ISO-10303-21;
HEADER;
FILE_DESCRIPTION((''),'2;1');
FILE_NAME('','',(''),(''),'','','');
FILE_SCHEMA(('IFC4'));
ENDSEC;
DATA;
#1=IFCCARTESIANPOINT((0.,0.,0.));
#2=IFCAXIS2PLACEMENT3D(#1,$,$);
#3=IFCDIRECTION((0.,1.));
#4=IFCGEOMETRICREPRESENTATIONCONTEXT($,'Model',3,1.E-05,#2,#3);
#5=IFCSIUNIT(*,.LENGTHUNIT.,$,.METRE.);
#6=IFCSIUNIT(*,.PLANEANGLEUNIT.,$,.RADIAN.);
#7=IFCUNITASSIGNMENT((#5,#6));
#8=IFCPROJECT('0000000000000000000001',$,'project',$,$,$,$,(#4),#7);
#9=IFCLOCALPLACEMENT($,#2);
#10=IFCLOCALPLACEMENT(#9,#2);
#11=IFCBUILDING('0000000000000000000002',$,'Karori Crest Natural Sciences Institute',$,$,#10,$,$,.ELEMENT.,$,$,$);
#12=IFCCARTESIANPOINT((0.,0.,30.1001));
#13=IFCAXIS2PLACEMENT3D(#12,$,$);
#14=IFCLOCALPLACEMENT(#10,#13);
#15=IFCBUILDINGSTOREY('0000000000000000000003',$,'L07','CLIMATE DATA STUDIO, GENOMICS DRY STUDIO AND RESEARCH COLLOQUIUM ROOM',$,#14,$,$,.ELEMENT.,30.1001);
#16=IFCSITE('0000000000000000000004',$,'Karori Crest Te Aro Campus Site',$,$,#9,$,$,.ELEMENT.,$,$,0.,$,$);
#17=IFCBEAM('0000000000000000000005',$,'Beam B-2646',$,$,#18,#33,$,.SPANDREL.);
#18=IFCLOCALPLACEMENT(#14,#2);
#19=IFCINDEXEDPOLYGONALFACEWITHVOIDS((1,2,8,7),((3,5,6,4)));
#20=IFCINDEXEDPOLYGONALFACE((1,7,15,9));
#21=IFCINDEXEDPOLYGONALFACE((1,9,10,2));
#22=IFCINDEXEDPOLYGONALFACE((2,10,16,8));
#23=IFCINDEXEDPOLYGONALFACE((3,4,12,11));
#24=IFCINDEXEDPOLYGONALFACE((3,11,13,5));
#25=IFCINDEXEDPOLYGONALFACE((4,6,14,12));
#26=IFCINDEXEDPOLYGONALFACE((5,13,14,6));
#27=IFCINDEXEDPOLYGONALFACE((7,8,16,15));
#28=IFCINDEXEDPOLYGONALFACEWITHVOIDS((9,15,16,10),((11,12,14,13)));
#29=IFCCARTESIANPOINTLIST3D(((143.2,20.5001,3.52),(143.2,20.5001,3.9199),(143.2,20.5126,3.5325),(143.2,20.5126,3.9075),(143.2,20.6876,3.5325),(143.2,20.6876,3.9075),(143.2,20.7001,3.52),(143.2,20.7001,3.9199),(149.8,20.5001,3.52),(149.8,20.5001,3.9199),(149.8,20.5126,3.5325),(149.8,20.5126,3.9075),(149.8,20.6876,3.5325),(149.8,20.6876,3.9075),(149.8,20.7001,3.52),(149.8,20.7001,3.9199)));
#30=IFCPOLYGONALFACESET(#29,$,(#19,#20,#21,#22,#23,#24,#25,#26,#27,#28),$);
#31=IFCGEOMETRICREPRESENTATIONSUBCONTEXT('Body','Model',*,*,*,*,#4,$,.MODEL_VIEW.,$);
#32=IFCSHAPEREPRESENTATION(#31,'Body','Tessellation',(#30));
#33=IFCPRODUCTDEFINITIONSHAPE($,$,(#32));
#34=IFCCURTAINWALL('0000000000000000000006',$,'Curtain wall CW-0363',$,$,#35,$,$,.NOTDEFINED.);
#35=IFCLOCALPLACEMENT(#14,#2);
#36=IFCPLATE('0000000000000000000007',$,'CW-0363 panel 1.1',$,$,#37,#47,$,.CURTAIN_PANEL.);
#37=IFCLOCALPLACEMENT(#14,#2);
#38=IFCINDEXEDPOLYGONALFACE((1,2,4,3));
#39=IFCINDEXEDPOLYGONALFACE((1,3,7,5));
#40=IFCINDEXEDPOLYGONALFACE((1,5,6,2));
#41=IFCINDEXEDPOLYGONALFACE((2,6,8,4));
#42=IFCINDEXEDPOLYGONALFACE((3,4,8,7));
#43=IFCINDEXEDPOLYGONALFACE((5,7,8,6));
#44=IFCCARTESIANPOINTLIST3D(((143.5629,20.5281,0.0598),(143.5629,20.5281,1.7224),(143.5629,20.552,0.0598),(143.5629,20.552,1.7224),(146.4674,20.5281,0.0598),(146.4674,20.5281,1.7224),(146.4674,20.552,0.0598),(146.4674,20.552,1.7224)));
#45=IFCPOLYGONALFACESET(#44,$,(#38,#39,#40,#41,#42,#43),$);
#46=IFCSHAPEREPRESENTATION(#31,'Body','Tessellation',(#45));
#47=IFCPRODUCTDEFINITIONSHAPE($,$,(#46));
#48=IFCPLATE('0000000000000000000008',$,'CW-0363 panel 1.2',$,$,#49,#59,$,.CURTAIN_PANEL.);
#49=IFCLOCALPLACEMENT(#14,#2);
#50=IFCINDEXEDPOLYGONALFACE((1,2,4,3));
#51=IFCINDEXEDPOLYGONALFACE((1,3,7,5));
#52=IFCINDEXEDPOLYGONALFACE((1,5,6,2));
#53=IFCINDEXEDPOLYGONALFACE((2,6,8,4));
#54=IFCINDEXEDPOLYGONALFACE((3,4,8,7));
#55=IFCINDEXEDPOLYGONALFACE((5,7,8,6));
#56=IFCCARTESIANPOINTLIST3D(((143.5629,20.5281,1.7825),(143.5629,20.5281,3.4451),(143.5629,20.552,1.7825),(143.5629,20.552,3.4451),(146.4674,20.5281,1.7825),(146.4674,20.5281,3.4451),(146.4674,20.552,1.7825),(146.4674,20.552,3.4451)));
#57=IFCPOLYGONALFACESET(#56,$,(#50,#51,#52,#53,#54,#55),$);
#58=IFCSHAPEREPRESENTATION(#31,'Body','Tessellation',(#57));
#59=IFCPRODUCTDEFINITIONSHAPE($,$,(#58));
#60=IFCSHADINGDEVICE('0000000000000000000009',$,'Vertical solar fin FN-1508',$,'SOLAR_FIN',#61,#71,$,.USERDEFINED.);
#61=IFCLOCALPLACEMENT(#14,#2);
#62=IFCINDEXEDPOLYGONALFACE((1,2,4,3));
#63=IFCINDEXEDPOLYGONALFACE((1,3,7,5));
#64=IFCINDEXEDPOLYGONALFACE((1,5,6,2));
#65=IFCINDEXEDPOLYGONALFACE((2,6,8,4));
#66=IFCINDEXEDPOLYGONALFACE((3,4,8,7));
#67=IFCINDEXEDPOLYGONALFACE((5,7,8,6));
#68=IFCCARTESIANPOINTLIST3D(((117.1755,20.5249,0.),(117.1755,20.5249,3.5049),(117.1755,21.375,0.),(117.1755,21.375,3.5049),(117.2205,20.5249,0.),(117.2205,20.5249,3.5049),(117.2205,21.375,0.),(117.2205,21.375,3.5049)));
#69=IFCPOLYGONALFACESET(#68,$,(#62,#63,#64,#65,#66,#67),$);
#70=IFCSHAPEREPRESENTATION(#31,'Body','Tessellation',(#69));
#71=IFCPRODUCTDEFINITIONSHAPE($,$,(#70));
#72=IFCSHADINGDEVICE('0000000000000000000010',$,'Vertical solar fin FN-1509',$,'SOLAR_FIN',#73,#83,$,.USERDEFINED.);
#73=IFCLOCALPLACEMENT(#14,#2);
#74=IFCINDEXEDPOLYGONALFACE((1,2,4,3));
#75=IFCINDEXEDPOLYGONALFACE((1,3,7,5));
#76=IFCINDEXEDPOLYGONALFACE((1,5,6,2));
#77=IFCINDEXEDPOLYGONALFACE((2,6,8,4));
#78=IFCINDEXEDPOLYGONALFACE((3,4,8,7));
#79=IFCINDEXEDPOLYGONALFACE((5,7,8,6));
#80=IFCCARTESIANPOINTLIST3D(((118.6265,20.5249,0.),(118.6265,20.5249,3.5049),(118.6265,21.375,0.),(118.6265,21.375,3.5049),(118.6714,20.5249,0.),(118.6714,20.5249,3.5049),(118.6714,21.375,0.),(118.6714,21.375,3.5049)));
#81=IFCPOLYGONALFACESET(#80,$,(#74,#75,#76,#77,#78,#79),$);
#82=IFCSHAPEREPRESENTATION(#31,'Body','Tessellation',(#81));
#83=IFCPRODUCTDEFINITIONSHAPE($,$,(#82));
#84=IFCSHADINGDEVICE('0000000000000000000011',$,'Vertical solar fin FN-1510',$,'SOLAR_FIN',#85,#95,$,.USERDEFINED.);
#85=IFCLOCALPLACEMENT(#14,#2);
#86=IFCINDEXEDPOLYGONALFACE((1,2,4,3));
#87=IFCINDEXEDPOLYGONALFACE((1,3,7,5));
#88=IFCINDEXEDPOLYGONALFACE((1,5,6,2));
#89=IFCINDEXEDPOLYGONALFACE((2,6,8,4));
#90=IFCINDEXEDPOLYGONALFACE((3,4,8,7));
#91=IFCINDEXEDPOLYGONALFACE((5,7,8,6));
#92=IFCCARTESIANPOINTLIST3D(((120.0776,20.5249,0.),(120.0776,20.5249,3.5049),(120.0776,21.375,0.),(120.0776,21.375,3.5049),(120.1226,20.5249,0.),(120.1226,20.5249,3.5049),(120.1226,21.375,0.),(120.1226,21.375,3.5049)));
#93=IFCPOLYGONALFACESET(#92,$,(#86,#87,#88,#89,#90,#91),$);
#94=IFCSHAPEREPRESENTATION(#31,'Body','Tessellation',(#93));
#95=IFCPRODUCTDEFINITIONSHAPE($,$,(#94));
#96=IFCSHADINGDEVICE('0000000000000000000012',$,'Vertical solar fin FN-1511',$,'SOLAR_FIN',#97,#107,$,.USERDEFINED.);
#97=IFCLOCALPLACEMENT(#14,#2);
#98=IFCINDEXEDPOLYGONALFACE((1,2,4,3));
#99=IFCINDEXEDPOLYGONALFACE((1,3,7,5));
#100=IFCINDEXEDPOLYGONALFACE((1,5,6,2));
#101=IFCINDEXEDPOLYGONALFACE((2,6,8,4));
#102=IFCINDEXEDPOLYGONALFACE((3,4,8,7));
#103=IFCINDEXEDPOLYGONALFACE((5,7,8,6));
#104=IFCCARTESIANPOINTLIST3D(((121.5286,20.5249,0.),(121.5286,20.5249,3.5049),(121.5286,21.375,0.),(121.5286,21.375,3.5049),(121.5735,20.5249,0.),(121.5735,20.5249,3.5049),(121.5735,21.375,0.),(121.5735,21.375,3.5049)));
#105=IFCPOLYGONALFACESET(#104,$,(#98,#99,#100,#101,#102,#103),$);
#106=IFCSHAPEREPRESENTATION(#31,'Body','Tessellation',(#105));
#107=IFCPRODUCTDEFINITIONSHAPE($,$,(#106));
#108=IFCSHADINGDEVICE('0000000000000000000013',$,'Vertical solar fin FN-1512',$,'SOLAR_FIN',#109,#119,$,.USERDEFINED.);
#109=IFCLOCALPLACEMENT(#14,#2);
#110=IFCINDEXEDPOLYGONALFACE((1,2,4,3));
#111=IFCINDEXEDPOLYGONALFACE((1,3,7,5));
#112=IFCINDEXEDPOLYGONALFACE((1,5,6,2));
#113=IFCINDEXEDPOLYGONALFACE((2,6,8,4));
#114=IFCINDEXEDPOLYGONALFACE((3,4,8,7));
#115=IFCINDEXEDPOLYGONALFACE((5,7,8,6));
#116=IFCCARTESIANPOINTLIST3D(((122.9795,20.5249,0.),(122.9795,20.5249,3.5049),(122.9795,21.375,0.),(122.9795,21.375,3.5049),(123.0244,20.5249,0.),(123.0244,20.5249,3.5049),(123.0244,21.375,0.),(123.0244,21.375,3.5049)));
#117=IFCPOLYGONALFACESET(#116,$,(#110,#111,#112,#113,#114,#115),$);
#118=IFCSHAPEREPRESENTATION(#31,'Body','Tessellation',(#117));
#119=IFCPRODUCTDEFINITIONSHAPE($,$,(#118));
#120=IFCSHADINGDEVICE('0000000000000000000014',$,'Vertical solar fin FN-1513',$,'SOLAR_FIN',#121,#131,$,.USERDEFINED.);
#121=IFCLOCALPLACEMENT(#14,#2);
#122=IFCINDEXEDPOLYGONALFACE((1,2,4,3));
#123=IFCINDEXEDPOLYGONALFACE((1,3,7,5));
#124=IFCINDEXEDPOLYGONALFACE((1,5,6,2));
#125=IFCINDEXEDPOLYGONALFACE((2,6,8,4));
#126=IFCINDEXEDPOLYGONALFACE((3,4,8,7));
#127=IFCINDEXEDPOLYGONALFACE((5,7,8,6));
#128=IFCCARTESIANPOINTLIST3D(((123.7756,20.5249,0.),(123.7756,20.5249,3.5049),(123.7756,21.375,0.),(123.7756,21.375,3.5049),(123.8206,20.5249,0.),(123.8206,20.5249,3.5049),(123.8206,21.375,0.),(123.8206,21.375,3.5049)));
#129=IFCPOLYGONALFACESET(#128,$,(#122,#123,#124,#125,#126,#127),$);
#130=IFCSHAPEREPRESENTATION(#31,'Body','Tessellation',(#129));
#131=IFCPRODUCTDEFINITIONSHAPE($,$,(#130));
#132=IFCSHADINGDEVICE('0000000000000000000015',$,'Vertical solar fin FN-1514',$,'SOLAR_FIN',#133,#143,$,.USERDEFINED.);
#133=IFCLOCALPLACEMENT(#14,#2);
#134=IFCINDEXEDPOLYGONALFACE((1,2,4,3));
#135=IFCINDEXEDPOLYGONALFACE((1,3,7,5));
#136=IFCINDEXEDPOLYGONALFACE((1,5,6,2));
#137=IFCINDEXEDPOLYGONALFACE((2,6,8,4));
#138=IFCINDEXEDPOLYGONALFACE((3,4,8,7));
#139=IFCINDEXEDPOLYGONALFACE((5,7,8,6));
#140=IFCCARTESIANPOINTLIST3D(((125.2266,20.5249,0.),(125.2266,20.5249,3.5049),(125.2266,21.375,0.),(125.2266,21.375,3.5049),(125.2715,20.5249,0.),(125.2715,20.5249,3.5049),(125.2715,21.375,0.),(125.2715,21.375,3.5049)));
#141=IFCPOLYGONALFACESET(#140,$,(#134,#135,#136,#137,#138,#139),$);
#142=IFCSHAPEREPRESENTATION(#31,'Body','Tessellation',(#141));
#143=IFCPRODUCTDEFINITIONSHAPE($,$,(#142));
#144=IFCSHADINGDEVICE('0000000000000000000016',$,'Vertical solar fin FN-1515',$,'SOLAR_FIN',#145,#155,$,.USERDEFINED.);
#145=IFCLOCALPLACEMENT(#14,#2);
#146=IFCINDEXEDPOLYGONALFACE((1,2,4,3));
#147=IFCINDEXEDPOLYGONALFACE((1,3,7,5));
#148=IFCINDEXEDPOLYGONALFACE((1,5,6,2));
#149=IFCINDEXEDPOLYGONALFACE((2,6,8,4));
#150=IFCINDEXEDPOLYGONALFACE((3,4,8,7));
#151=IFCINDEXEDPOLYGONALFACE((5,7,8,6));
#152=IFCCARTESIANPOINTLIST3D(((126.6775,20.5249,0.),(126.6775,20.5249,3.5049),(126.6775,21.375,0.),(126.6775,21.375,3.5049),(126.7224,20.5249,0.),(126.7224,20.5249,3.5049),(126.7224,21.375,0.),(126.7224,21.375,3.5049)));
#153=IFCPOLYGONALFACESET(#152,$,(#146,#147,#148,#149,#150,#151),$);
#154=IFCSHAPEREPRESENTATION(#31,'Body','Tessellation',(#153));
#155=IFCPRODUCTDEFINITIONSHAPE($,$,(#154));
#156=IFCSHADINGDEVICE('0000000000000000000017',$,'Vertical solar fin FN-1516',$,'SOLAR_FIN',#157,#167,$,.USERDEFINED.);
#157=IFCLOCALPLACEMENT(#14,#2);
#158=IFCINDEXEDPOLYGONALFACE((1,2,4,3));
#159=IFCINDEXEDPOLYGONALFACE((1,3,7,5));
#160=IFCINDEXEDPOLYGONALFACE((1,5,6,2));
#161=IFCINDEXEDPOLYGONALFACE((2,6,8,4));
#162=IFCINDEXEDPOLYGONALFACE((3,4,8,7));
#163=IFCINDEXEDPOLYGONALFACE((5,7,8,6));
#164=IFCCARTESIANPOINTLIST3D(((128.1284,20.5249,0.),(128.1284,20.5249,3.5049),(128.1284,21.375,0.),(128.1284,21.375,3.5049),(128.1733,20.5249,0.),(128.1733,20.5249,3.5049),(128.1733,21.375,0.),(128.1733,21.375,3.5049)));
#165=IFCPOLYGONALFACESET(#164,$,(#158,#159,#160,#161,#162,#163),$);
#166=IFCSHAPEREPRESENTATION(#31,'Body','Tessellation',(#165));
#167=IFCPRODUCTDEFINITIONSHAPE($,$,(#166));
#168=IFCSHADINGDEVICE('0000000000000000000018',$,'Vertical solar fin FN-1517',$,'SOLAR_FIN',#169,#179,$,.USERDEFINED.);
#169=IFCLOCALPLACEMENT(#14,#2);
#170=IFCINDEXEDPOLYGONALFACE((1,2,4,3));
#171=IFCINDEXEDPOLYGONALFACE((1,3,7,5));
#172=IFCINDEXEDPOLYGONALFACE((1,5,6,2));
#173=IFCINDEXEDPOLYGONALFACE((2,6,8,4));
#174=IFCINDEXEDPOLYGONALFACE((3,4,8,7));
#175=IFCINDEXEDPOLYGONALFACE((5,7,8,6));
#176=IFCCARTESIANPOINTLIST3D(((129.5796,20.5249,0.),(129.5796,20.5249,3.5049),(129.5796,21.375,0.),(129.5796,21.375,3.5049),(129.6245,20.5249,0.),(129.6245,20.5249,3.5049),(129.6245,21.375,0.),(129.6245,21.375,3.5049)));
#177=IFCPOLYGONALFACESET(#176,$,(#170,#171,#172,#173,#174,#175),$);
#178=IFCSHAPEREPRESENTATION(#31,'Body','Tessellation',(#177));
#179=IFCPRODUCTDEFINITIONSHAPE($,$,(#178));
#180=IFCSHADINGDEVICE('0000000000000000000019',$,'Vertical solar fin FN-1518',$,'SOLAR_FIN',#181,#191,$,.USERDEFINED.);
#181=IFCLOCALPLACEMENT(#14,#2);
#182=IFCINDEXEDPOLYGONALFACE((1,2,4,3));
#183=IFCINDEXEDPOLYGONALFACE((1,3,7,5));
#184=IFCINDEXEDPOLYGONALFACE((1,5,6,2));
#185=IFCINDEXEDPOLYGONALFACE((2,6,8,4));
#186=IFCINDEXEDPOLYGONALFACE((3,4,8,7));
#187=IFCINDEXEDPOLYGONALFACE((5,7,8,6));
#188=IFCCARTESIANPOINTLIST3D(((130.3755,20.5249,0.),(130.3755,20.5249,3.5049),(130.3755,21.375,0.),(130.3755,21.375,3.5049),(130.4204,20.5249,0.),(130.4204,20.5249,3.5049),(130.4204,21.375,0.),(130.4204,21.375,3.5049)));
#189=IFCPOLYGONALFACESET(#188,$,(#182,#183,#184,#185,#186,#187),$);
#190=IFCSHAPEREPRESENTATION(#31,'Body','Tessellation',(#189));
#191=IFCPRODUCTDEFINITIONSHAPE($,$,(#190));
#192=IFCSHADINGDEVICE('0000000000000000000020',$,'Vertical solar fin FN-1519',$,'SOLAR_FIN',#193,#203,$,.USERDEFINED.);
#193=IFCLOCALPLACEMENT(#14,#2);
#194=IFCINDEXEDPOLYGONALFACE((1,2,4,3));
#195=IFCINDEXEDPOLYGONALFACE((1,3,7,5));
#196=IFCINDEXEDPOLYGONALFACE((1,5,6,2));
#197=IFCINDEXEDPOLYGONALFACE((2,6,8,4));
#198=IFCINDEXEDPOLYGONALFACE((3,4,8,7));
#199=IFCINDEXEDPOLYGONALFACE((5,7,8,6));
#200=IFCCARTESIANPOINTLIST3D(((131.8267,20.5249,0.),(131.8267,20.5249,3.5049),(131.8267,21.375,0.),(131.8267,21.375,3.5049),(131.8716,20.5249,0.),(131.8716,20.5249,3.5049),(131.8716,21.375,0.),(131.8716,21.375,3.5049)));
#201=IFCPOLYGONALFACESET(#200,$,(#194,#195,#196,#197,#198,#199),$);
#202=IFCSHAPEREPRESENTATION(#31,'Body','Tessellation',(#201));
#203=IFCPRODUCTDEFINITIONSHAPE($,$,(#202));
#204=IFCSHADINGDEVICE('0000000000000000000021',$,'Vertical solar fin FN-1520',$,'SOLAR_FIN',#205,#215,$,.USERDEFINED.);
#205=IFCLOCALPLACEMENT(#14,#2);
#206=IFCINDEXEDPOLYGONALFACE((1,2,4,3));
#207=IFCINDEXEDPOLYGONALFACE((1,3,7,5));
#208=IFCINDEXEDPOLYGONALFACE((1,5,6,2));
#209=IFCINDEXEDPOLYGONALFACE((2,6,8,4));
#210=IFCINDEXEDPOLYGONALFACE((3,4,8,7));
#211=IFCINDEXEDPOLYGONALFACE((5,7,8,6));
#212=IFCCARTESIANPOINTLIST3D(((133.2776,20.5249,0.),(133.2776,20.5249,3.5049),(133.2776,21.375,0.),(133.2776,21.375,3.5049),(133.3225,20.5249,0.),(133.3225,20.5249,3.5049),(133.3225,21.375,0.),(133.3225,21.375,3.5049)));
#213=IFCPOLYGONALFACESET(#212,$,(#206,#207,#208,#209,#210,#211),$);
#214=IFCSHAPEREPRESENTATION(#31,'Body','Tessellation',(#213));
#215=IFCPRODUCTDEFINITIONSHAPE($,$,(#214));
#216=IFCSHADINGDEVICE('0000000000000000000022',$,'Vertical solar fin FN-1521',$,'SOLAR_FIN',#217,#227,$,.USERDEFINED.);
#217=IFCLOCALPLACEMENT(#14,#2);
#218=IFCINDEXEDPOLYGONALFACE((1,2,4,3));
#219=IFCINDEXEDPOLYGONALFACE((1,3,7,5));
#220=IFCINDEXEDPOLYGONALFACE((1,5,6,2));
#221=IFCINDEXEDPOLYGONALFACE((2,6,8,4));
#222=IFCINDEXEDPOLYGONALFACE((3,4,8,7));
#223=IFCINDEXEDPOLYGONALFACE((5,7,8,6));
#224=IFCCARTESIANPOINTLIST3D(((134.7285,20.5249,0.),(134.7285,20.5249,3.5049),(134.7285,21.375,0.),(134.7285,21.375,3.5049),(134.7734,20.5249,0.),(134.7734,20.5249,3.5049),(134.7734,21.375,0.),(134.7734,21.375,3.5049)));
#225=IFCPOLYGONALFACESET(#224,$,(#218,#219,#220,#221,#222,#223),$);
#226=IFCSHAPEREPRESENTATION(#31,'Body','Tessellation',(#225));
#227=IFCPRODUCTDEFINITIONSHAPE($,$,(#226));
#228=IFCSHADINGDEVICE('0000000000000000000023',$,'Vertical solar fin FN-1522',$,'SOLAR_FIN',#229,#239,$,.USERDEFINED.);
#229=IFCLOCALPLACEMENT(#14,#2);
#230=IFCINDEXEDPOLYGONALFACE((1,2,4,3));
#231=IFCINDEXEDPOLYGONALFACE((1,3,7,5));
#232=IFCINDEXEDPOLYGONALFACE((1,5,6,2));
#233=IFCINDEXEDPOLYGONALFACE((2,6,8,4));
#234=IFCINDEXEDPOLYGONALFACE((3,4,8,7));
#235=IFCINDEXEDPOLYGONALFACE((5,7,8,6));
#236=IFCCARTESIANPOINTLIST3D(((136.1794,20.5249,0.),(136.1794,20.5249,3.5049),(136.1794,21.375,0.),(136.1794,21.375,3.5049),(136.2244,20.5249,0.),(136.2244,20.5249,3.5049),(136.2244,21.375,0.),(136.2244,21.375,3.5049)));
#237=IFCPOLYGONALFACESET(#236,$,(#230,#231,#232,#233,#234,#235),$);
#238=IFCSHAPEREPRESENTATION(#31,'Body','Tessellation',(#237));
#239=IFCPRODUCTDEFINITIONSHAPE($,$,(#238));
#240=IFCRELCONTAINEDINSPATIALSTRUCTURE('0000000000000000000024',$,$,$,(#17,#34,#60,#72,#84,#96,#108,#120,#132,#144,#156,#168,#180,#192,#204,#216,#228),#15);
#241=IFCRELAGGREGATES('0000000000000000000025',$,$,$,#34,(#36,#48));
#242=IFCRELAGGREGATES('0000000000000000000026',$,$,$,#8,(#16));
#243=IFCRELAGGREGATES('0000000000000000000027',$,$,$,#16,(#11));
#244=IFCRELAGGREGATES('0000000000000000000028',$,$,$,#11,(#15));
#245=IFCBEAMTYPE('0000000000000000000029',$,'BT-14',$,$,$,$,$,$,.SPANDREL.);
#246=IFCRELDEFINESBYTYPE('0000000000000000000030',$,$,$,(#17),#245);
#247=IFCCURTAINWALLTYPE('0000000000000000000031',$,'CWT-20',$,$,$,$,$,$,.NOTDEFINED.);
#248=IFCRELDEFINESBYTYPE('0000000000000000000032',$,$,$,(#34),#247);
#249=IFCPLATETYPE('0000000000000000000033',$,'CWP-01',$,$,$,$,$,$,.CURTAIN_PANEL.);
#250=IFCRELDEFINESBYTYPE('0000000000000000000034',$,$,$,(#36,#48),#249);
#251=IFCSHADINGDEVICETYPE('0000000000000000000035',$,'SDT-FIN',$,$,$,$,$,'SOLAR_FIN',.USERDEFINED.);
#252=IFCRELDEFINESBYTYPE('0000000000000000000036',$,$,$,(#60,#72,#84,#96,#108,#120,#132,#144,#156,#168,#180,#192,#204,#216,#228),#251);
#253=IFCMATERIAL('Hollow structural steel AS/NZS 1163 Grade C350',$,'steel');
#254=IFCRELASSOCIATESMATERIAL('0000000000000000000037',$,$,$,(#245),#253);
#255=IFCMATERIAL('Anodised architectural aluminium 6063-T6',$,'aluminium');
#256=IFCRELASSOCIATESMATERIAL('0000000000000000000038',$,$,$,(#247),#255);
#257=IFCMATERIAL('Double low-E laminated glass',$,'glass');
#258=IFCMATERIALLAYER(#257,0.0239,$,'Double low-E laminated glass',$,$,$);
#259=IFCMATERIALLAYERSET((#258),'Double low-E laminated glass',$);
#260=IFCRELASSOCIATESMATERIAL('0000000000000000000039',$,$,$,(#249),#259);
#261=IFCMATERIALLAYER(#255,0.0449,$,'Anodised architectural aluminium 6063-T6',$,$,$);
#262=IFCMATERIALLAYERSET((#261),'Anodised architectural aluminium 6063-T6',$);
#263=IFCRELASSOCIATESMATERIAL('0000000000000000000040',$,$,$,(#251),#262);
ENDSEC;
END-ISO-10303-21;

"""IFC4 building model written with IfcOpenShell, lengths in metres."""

from ifc_helpers import new_model, si_unit, direction, frame, origin, origin_2d, place, context, subcontext, project, spatial, rectangle, hollow_rectangle, extrude, material, layer, layer_set, material_profile, profile_set, type_object, element, aggregate, save


model = new_model("IFC4")

# Units and contexts
model_context = context("Model", 3, precision=1e-05, world=origin(), true_north=direction((0.0, 1.0)))
body_context = subcontext(model_context, "Body", "Model", "MODEL_VIEW")
ifc_project = project(units=[si_unit("LENGTHUNIT", "METRE"), si_unit("PLANEANGLEUNIT", "RADIAN")], contexts=[model_context])

# Site, building, storey
site_placement = place(None, origin())
site = spatial("IfcSite", under=ifc_project, at=site_placement, Name="Karori Crest Te Aro Campus Site", CompositionType="ELEMENT", RefElevation=0.0)
building_placement = place(site_placement, origin())
building = spatial("IfcBuilding", under=site, at=building_placement, Name="Karori Crest Natural Sciences Institute", CompositionType="ELEMENT")
storey_placement = place(building_placement, frame((0.0, 0.0, 30.1001)))
storey = spatial("IfcBuildingStorey", under=building, at=storey_placement, Name="L07", Description="CLIMATE DATA STUDIO, GENOMICS DRY STUDIO AND RESEARCH COLLOQUIUM ROOM", CompositionType="ELEMENT", Elevation=30.1001)

# Beam
ifc_material_1 = material(Name="Hollow structural steel AS/NZS 1163 Grade C350", Category="steel")
ifc_material_profile_1 = material_profile(ifc_material_1, hollow_rectangle(XDim=0.2, YDim=0.3999, WallThickness=0.0125, at=origin_2d()), Name="RHS400x200x12.5")
ifc_profile_set_1 = profile_set([ifc_material_profile_1], Name="Hollow structural steel AS/NZS 1163 Grade C350")
beam_type = type_object("IfcBeamType", Name="BT-14", PredefinedType="SPANDREL", material=ifc_profile_set_1)
beam_1_placement = place(storey_placement, frame((143.2, 20.6001, 3.72), z_axis=(1.0, 0.0, 0.0), x_axis=(0.0, 1.0, 0.0)))
element("IfcBeam", 1, at=beam_1_placement, inside=storey, type_object=beam_type, Name="Beam B-2646", PredefinedType="SPANDREL", context=body_context, shape_type="SweptSolid", body=[
    extrude(hollow_rectangle(XDim=0.2, YDim=0.3999, WallThickness=0.0125, at=origin_2d()), origin(), (0.0, 0.0, 1.0), 6.6001),
])

# Curtain wall, plates
ifc_material_2 = material(Name="Anodised architectural aluminium 6063-T6", Category="aluminium")
curtain_wall_type = type_object("IfcCurtainWallType", Name="CWT-20", PredefinedType="NOTDEFINED", material=ifc_material_2)
curtain_wall_placement = place(storey_placement, origin())
curtain_wall = element("IfcCurtainWall", 2, at=curtain_wall_placement, inside=storey, type_object=curtain_wall_type, Name="Curtain wall CW-0363", PredefinedType="NOTDEFINED")
ifc_material_3 = material(Name="Double low-E laminated glass", Category="glass")
ifc_layer_1 = layer(ifc_material_3, 0.0239, Name="Double low-E laminated glass")
ifc_layer_set_1 = layer_set([ifc_layer_1], Name="Double low-E laminated glass")
plate_type = type_object("IfcPlateType", Name="CWP-01", PredefinedType="CURTAIN_PANEL", material=ifc_layer_set_1)
plate_1_placement = place(storey_placement, frame((145.0151, 20.54, 0.0598), z_axis=(0.0, 0.0, 1.0), x_axis=(1.0, 0.0, 0.0)))
plate_1 = element("IfcPlate", 3, at=plate_1_placement, type_object=plate_type, Name="CW-0363 panel 1.1", PredefinedType="CURTAIN_PANEL", context=body_context, shape_type="SweptSolid", body=[
    extrude(rectangle(XDim=2.9045, YDim=0.0239, at=origin_2d()), origin(), (0.0, 0.0, 1.0), 1.6626),
])
plate_2_placement = place(storey_placement, frame((145.0151, 20.54, 1.7825), z_axis=(0.0, 0.0, 1.0), x_axis=(1.0, 0.0, 0.0)))
plate_2 = element("IfcPlate", 4, at=plate_2_placement, type_object=plate_type, Name="CW-0363 panel 1.2", PredefinedType="CURTAIN_PANEL", context=body_context, shape_type="SweptSolid", body=[
    extrude(rectangle(XDim=2.9045, YDim=0.0239, at=origin_2d()), origin(), (0.0, 0.0, 1.0), 1.6626),
])
aggregate(curtain_wall, [plate_1, plate_2])

# Shading devices
ifc_layer_2 = layer(ifc_material_2, 0.0449, Name="Anodised architectural aluminium 6063-T6")
ifc_layer_set_2 = layer_set([ifc_layer_2], Name="Anodised architectural aluminium 6063-T6")
shading_device_type = type_object("IfcShadingDeviceType", Name="SDT-FIN", ElementType="SOLAR_FIN", PredefinedType="USERDEFINED", material=ifc_layer_set_2)
for number, where, z_axis, x_axis, name in (
    (5, (117.198, 20.95, 0.0), (0.0, 0.0, 1.0), (0.0, 1.0, 0.0), "Vertical solar fin FN-1508"),
    (6, (118.6489, 20.95, 0.0), (0.0, 0.0, 1.0), (0.0, 1.0, 0.0), "Vertical solar fin FN-1509"),
    (7, (120.1001, 20.95, 0.0), (0.0, 0.0, 1.0), (0.0, 1.0, 0.0), "Vertical solar fin FN-1510"),
    (8, (121.551, 20.95, 0.0), (0.0, 0.0, 1.0), (0.0, 1.0, 0.0), "Vertical solar fin FN-1511"),
    (9, (123.002, 20.95, 0.0), (0.0, 0.0, 1.0), (0.0, 1.0, 0.0), "Vertical solar fin FN-1512"),
    (10, (123.7981, 20.95, 0.0), (0.0, 0.0, 1.0), (0.0, 1.0, 0.0), "Vertical solar fin FN-1513"),
    (11, (125.249, 20.95, 0.0), (0.0, 0.0, 1.0), (0.0, 1.0, 0.0), "Vertical solar fin FN-1514"),
    (12, (126.7, 20.95, 0.0), (0.0, 0.0, 1.0), (0.0, 1.0, 0.0), "Vertical solar fin FN-1515"),
    (13, (128.1509, 20.95, 0.0), (0.0, 0.0, 1.0), (0.0, 1.0, 0.0), "Vertical solar fin FN-1516"),
    (14, (129.6021, 20.95, 0.0), (0.0, 0.0, 1.0), (0.0, 1.0, 0.0), "Vertical solar fin FN-1517"),
    (15, (130.3979, 20.95, 0.0), (0.0, 0.0, 1.0), (0.0, 1.0, 0.0), "Vertical solar fin FN-1518"),
    (16, (131.8491, 20.95, 0.0), (0.0, 0.0, 1.0), (0.0, 1.0, 0.0), "Vertical solar fin FN-1519"),
    (17, (133.3, 20.95, 0.0), (0.0, 0.0, 1.0), (0.0, 1.0, 0.0), "Vertical solar fin FN-1520"),
    (18, (134.751, 20.95, 0.0), (0.0, 0.0, 1.0), (0.0, 1.0, 0.0), "Vertical solar fin FN-1521"),
    (19, (136.2019, 20.95, 0.0), (0.0, 0.0, 1.0), (0.0, 1.0, 0.0), "Vertical solar fin FN-1522"),
):
    element("IfcShadingDevice", number, at=place(storey_placement, frame(where, z_axis=z_axis, x_axis=x_axis)), inside=storey, type_object=shading_device_type, Name=name, ObjectType="SOLAR_FIN", PredefinedType="USERDEFINED", context=body_context, shape_type="SweptSolid", body=[
        extrude(rectangle(XDim=0.8501, YDim=0.0449, at=origin_2d()), origin(), (0.0, 0.0, 1.0), 3.5049),
    ])

save(model, "model.ifc")
